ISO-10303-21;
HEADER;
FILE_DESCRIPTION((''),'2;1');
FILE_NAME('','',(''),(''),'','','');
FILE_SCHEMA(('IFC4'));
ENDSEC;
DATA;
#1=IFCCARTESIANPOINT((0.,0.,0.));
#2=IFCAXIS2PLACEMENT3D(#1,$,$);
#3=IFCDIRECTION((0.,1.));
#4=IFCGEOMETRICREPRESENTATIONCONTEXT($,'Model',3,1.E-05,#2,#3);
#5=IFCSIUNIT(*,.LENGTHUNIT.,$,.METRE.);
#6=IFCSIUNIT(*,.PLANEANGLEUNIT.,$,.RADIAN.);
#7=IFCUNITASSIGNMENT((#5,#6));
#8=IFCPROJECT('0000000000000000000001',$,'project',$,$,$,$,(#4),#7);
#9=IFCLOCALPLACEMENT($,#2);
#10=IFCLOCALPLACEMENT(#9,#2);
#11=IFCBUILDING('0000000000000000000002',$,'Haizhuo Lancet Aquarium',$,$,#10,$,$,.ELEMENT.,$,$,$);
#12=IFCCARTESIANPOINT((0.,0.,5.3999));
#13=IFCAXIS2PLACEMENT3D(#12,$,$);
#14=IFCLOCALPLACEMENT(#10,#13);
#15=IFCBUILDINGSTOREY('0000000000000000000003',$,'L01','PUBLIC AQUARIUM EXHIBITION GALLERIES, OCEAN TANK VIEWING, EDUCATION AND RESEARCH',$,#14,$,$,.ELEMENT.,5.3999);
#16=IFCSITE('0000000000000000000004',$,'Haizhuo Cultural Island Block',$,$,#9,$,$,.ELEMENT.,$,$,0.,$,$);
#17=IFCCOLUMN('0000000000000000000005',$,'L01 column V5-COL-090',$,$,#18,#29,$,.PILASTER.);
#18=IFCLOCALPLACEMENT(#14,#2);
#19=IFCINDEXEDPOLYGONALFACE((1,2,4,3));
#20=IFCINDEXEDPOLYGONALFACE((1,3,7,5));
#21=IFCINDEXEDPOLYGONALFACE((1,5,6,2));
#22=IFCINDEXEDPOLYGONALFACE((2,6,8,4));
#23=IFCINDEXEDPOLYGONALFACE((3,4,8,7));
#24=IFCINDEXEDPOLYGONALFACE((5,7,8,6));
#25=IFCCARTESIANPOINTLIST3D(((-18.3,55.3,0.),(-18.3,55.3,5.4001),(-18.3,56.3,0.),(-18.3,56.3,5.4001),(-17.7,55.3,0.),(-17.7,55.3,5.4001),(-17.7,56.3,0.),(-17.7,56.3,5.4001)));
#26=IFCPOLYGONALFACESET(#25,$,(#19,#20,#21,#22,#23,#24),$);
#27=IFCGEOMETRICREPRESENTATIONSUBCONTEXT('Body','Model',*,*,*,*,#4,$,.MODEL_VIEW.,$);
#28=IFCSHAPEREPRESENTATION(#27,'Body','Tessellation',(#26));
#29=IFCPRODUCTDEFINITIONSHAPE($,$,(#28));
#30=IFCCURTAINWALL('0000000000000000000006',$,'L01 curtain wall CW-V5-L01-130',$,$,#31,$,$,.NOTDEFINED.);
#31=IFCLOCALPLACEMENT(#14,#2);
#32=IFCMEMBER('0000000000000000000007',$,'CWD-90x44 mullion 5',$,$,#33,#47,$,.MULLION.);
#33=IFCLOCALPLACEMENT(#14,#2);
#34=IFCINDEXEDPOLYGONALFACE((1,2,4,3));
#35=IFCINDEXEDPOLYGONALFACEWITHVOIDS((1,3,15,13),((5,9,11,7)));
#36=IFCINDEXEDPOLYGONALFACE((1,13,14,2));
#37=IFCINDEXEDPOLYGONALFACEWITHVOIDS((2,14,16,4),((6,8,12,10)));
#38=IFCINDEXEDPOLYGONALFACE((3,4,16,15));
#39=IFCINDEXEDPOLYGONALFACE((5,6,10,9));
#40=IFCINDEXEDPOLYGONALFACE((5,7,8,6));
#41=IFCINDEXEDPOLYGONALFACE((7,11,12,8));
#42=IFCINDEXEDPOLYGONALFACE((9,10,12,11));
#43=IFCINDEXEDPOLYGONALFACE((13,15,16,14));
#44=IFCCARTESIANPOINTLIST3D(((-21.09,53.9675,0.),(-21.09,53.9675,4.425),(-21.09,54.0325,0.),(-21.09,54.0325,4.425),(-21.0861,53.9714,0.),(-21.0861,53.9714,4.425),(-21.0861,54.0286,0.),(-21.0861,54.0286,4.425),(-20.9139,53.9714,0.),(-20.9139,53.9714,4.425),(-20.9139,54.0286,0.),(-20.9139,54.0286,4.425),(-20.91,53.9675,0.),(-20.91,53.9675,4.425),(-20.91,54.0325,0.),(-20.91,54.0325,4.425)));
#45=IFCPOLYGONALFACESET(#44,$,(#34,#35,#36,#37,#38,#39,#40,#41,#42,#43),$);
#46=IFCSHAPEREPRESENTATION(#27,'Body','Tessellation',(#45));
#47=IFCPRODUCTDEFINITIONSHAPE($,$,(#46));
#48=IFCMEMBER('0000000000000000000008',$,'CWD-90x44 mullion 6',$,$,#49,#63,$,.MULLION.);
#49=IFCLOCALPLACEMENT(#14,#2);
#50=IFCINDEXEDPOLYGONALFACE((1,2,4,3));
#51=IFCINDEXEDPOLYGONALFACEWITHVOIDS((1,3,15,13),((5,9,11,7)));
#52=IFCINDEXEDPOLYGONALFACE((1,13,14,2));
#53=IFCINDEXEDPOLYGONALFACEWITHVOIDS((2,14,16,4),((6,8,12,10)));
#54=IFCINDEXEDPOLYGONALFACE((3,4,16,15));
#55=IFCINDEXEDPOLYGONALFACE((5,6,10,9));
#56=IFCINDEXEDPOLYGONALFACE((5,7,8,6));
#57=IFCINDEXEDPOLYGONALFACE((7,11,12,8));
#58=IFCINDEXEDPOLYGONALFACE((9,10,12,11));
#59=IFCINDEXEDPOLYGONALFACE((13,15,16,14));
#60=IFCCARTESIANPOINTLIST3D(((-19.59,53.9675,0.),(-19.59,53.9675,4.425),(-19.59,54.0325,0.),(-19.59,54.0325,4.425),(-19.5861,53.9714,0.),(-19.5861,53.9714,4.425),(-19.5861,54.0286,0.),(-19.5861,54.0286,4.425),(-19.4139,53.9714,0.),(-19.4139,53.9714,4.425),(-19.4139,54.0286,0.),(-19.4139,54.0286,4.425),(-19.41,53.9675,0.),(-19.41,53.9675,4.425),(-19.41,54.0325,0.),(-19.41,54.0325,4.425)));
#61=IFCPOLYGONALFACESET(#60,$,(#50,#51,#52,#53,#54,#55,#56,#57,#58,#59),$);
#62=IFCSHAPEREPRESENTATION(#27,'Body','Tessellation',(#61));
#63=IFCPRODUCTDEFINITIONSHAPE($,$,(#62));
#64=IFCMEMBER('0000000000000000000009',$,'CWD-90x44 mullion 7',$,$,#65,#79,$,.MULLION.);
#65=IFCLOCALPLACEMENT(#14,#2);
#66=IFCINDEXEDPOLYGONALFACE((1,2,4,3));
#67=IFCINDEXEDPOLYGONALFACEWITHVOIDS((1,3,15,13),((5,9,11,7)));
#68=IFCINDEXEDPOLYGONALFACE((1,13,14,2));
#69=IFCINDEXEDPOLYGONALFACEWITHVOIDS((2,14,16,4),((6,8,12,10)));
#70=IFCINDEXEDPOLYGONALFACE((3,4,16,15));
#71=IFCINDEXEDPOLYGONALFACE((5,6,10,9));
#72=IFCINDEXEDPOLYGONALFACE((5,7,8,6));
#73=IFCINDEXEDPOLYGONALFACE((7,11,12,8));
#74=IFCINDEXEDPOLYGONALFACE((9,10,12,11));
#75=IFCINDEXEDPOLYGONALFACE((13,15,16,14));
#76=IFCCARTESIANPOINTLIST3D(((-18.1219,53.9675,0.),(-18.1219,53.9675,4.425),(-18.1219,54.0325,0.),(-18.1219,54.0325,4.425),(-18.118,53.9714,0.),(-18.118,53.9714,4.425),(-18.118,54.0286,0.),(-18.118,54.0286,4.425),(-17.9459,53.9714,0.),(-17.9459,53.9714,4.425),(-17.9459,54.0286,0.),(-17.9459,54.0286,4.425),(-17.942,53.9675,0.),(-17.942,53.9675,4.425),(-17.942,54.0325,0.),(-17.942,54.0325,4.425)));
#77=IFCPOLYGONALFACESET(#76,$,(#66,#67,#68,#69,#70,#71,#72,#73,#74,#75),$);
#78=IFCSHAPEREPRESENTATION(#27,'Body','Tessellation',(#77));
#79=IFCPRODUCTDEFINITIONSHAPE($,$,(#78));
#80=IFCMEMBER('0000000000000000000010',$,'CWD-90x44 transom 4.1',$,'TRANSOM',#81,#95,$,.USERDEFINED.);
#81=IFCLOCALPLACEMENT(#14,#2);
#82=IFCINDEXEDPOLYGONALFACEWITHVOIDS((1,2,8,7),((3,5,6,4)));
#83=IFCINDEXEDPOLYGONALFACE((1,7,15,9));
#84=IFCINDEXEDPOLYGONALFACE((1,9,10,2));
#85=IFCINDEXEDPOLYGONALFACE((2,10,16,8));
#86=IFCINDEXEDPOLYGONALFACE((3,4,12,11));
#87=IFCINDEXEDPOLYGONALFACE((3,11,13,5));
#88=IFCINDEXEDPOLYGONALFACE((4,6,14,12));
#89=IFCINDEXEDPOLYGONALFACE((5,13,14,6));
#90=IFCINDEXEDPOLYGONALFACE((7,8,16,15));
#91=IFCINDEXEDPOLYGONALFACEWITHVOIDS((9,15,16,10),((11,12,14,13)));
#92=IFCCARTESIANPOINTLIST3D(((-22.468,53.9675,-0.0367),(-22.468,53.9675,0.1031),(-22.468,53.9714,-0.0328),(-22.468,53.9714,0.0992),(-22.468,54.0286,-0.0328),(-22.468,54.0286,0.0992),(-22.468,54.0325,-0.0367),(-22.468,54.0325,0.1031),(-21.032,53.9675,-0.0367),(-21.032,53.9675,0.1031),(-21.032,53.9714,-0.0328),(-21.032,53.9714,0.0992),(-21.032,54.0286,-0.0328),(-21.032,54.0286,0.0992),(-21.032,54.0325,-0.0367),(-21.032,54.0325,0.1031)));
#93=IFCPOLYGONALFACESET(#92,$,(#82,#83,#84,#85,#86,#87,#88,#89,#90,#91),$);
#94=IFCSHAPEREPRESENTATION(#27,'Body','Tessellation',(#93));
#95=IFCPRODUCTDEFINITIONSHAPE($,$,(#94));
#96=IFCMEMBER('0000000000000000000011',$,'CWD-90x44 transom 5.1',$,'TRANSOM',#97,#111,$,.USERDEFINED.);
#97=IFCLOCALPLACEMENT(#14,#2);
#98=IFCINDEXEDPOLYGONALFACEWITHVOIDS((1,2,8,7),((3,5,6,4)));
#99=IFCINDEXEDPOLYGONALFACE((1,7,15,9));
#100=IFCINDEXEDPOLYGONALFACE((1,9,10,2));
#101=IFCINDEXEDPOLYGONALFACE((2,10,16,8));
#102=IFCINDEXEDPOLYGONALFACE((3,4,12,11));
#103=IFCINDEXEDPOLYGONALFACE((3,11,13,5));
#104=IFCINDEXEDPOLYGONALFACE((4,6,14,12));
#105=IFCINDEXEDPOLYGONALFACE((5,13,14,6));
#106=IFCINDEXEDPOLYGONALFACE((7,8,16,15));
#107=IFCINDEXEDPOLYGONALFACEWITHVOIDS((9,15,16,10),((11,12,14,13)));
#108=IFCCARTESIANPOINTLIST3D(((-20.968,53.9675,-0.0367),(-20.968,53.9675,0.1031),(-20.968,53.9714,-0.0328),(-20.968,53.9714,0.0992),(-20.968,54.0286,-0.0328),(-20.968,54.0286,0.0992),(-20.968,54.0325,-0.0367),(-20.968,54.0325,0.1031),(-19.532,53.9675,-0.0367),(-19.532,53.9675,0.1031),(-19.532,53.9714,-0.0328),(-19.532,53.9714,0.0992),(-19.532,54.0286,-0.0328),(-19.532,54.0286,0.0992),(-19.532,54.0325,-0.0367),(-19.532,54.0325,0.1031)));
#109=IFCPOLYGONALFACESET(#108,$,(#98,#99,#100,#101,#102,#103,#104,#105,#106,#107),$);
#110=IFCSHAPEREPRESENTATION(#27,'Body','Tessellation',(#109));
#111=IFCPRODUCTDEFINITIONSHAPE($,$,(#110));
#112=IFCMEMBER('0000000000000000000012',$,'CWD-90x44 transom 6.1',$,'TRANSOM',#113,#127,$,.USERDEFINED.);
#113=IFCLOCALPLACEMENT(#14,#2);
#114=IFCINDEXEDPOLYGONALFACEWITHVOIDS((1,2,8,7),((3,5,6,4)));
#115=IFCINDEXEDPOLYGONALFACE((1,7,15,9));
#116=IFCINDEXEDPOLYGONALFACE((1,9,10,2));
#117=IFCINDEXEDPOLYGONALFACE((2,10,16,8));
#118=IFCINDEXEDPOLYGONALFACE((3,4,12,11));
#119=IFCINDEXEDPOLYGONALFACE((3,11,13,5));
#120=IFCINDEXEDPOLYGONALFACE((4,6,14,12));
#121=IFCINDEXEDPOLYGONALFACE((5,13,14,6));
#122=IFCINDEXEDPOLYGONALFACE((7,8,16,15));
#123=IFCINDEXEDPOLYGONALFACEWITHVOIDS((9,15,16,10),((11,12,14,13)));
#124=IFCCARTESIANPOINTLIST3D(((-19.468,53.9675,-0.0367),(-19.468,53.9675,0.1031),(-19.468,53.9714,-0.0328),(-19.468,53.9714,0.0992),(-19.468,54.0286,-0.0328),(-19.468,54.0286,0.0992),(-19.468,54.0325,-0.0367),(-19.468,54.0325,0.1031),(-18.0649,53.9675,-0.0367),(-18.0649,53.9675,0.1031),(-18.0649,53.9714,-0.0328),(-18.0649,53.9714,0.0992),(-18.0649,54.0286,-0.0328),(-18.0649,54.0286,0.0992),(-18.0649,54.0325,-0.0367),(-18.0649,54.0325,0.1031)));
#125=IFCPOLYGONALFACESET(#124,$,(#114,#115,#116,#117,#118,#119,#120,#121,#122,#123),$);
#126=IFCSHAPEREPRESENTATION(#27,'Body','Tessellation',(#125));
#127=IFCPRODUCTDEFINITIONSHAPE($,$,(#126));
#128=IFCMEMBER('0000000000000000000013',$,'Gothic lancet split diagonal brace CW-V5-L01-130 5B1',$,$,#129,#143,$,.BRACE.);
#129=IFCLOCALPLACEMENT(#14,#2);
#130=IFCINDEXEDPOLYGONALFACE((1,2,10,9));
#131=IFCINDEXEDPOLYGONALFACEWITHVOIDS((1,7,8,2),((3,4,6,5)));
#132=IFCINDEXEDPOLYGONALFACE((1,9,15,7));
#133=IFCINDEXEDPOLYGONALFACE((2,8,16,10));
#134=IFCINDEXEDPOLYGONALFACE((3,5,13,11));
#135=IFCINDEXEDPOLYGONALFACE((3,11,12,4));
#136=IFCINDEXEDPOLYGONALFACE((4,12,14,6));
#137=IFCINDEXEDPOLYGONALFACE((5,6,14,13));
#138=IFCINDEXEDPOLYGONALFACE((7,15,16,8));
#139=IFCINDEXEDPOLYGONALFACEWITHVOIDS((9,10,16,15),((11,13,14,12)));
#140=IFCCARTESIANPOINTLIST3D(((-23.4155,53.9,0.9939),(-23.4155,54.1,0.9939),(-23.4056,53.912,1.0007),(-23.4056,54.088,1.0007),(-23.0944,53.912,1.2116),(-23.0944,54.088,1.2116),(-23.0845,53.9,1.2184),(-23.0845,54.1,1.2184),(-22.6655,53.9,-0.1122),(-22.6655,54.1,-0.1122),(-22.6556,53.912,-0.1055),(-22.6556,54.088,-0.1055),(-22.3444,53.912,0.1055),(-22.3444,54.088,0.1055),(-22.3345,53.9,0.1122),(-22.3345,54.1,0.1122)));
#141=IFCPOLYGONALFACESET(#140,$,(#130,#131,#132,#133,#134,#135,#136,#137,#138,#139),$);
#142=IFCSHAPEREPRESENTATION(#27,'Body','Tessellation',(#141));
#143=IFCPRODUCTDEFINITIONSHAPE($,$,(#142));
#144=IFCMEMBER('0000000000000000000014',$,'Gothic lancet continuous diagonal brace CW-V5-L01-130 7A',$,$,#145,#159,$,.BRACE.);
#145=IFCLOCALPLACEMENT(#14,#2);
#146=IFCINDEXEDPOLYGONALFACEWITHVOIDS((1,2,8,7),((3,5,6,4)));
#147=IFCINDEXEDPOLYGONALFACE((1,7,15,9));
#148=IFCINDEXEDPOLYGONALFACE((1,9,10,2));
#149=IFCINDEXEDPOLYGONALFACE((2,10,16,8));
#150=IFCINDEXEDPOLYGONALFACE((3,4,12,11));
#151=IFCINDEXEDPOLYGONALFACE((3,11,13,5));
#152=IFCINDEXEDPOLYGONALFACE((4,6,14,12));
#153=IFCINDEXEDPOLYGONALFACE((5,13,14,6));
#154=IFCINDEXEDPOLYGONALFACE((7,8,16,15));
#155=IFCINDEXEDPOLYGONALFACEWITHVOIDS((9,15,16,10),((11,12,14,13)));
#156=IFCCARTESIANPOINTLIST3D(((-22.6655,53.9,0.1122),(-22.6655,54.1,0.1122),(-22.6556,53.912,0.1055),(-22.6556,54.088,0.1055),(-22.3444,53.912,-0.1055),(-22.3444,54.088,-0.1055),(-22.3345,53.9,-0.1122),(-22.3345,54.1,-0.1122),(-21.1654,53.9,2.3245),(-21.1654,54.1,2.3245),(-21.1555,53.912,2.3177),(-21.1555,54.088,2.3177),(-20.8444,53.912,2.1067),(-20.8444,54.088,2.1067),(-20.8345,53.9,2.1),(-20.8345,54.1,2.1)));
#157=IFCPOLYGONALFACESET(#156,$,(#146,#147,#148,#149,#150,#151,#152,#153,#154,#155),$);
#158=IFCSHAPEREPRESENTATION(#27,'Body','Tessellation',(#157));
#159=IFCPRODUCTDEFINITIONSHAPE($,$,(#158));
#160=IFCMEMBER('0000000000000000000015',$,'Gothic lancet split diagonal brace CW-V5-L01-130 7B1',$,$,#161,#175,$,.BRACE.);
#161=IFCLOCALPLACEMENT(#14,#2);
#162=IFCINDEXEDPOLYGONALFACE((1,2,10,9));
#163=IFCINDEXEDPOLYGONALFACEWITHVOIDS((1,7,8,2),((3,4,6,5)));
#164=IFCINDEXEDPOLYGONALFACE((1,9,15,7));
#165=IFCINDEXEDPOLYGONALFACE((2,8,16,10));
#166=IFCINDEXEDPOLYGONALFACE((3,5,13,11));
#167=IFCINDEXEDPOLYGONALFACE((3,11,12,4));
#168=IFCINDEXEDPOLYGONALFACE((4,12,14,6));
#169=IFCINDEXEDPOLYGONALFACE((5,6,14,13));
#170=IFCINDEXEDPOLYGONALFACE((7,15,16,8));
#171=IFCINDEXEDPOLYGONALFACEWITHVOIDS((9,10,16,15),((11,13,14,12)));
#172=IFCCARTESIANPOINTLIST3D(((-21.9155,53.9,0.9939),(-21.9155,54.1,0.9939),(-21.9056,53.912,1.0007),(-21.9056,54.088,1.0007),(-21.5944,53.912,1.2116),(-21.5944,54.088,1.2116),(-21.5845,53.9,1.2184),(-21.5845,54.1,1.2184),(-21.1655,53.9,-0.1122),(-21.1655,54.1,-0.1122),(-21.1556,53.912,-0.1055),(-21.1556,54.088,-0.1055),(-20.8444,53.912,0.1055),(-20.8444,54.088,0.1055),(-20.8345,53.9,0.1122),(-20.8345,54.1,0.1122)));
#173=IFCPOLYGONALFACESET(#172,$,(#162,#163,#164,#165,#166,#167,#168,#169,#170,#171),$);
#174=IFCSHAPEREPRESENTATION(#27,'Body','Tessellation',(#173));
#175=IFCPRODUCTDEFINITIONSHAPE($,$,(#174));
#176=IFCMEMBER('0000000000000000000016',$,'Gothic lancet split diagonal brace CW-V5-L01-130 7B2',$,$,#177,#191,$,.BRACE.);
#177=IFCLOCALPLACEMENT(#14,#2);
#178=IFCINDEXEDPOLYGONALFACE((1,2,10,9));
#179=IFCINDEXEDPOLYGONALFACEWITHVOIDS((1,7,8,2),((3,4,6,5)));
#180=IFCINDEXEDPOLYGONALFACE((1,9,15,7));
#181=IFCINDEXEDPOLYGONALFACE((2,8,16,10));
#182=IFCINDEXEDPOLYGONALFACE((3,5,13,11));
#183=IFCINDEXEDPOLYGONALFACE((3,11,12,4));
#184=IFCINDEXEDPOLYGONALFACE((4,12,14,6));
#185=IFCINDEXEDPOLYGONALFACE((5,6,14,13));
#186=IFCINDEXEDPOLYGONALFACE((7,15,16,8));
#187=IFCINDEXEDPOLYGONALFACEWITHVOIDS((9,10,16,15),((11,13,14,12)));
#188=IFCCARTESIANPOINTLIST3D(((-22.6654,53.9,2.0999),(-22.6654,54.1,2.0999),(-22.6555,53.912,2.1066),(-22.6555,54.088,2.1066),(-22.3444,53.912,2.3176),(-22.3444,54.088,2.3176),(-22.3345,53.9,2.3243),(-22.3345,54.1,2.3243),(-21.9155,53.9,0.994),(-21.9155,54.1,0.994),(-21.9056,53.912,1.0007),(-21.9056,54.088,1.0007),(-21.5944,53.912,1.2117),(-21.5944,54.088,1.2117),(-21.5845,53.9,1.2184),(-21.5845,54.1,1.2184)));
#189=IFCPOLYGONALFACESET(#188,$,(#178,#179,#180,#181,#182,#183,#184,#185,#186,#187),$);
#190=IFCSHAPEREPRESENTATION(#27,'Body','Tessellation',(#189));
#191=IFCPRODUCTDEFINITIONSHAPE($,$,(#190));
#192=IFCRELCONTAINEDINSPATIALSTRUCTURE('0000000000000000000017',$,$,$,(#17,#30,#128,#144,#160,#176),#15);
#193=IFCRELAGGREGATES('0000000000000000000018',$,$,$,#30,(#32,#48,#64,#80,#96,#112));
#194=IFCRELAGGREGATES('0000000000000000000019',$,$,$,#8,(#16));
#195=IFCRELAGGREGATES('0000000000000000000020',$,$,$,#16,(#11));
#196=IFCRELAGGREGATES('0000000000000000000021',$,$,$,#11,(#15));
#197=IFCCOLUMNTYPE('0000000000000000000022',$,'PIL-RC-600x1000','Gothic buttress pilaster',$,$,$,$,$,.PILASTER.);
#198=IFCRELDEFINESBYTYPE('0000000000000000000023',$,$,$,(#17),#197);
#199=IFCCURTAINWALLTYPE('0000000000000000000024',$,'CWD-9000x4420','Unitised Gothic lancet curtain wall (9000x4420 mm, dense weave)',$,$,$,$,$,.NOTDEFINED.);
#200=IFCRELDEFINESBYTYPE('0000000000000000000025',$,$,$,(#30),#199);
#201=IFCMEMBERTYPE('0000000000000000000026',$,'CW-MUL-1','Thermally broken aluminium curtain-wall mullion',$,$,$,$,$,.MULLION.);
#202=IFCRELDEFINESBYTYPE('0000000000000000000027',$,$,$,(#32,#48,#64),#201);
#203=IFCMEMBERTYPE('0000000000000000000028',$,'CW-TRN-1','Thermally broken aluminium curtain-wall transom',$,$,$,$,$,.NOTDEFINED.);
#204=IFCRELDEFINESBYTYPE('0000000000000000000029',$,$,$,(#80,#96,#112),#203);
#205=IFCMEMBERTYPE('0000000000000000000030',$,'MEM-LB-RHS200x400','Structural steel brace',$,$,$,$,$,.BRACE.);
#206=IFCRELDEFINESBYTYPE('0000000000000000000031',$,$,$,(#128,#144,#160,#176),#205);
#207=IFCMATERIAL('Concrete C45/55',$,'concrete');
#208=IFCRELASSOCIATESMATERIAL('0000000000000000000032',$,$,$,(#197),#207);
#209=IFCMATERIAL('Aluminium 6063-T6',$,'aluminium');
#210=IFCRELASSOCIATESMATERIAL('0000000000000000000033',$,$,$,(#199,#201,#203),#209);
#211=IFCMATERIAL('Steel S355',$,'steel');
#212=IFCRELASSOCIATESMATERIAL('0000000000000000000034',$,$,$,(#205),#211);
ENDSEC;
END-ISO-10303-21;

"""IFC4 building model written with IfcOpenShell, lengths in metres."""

from ifc_helpers import new_model, si_unit, direction, frame, origin, origin_2d, place, context, subcontext, project, spatial, rectangle, hollow_rectangle, extrude, material, material_profile, profile_set, type_object, element, aggregate, save


model = new_model("IFC4")

# Units and contexts
model_context = context("Model", 3, precision=1e-05, world=origin(), true_north=direction((0.0, 1.0)))
body_context = subcontext(model_context, "Body", "Model", "MODEL_VIEW")
ifc_project = project(units=[si_unit("LENGTHUNIT", "METRE"), si_unit("PLANEANGLEUNIT", "RADIAN")], contexts=[model_context])

# Site, building, storey
site_placement = place(None, origin())
site = spatial("IfcSite", under=ifc_project, at=site_placement, Name="Haizhuo Cultural Island Block", CompositionType="ELEMENT", RefElevation=0.0)
building_placement = place(site_placement, origin())
building = spatial("IfcBuilding", under=site, at=building_placement, Name="Haizhuo Lancet Aquarium", CompositionType="ELEMENT")
storey_placement = place(building_placement, frame((0.0, 0.0, 5.3999)))
storey = spatial("IfcBuildingStorey", under=building, at=storey_placement, Name="L01", Description="PUBLIC AQUARIUM EXHIBITION GALLERIES, OCEAN TANK VIEWING, EDUCATION AND RESEARCH", CompositionType="ELEMENT", Elevation=5.3999)

# Column
ifc_material_1 = material(Name="Concrete C45/55", Category="concrete")
ifc_material_profile_1 = material_profile(ifc_material_1, rectangle(XDim=0.6001, YDim=1.0, at=origin_2d()), Name="RC-PIL 600x1000")
ifc_profile_set_1 = profile_set([ifc_material_profile_1], Name="Concrete C45/55")
column_type = type_object("IfcColumnType", Name="PIL-RC-600x1000", Description="Gothic buttress pilaster", PredefinedType="PILASTER", material=ifc_profile_set_1)
column_placement = place(storey_placement, frame((-18.0, 55.8, 0.0), z_axis=(0.0, 0.0, 1.0), x_axis=(1.0, 0.0, 0.0)))
element("IfcColumn", 1, at=column_placement, inside=storey, type_object=column_type, Name="L01 column V5-COL-090", PredefinedType="PILASTER", context=body_context, shape_type="SweptSolid", body=[
    extrude(rectangle(XDim=0.6001, YDim=1.0, at=origin_2d()), origin(), (0.0, 0.0, 1.0), 5.4001),
])

# Curtain wall, members
ifc_material_2 = material(Name="Aluminium 6063-T6", Category="aluminium")
curtain_wall_type = type_object("IfcCurtainWallType", Name="CWD-9000x4420", Description="Unitised Gothic lancet curtain wall (9000x4420 mm, dense weave)", PredefinedType="NOTDEFINED", material=ifc_material_2)
curtain_wall_placement = place(storey_placement, origin())
curtain_wall = element("IfcCurtainWall", 2, at=curtain_wall_placement, inside=storey, type_object=curtain_wall_type, Name="L01 curtain wall CW-V5-L01-130", PredefinedType="NOTDEFINED")
ifc_material_profile_2 = material_profile(ifc_material_2, hollow_rectangle(XDim=0.0649, YDim=0.1799, WallThickness=0.0039, at=origin_2d()), Name="ALU-M 65x180x4")
ifc_profile_set_2 = profile_set([ifc_material_profile_2], Name="Aluminium 6063-T6")
member_type_1 = type_object("IfcMemberType", Name="CW-MUL-1", Description="Thermally broken aluminium curtain-wall mullion", PredefinedType="MULLION", material=ifc_profile_set_2)
member_1_placement = place(storey_placement, frame((-21.0, 54.0, 0.0), z_axis=(0.0, 0.0, 1.0), x_axis=(0.0, 1.0, 0.0)))
member_1 = element("IfcMember", 3, at=member_1_placement, type_object=member_type_1, Name="CWD-90x44 mullion 5", PredefinedType="MULLION", context=body_context, shape_type="SweptSolid", body=[
    extrude(hollow_rectangle(XDim=0.0649, YDim=0.1799, WallThickness=0.0039, at=origin_2d()), origin(), (0.0, 0.0, 1.0), 4.425),
])
member_2_placement = place(storey_placement, frame((-19.5, 54.0, 0.0), z_axis=(0.0, 0.0, 1.0), x_axis=(0.0, 1.0, 0.0)))
member_2 = element("IfcMember", 4, at=member_2_placement, type_object=member_type_1, Name="CWD-90x44 mullion 6", PredefinedType="MULLION", context=body_context, shape_type="SweptSolid", body=[
    extrude(hollow_rectangle(XDim=0.0649, YDim=0.1799, WallThickness=0.0039, at=origin_2d()), origin(), (0.0, 0.0, 1.0), 4.425),
])
member_3_placement = place(storey_placement, frame((-18.032, 54.0, 0.0), z_axis=(0.0, 0.0, 1.0), x_axis=(0.0, 1.0, 0.0)))
member_3 = element("IfcMember", 5, at=member_3_placement, type_object=member_type_1, Name="CWD-90x44 mullion 7", PredefinedType="MULLION", context=body_context, shape_type="SweptSolid", body=[
    extrude(hollow_rectangle(XDim=0.0649, YDim=0.1799, WallThickness=0.0039, at=origin_2d()), origin(), (0.0, 0.0, 1.0), 4.425),
])
ifc_material_profile_3 = material_profile(ifc_material_2, hollow_rectangle(XDim=0.0649, YDim=0.1399, WallThickness=0.0039, at=origin_2d()), Name="ALU-T 65x140x4")
ifc_profile_set_3 = profile_set([ifc_material_profile_3], Name="Aluminium 6063-T6")
member_type_2 = type_object("IfcMemberType", Name="CW-TRN-1", Description="Thermally broken aluminium curtain-wall transom", PredefinedType="NOTDEFINED", material=ifc_profile_set_3)
member_4_placement = place(storey_placement, frame((-22.468, 54.0, 0.0332), z_axis=(1.0, 0.0, 0.0), x_axis=(0.0, 1.0, 0.0)))
member_4 = element("IfcMember", 6, at=member_4_placement, type_object=member_type_2, Name="CWD-90x44 transom 4.1", ObjectType="TRANSOM", PredefinedType="USERDEFINED", context=body_context, shape_type="SweptSolid", body=[
    extrude(hollow_rectangle(XDim=0.0649, YDim=0.1399, WallThickness=0.0039, at=origin_2d()), origin(), (0.0, 0.0, 1.0), 1.436),
])
member_5_placement = place(storey_placement, frame((-20.968, 54.0, 0.0332), z_axis=(1.0, 0.0, 0.0), x_axis=(0.0, 1.0, 0.0)))
member_5 = element("IfcMember", 7, at=member_5_placement, type_object=member_type_2, Name="CWD-90x44 transom 5.1", ObjectType="TRANSOM", PredefinedType="USERDEFINED", context=body_context, shape_type="SweptSolid", body=[
    extrude(hollow_rectangle(XDim=0.0649, YDim=0.1399, WallThickness=0.0039, at=origin_2d()), origin(), (0.0, 0.0, 1.0), 1.436),
])
member_6_placement = place(storey_placement, frame((-19.468, 54.0, 0.0332), z_axis=(1.0, 0.0, 0.0), x_axis=(0.0, 1.0, 0.0)))
member_6 = element("IfcMember", 8, at=member_6_placement, type_object=member_type_2, Name="CWD-90x44 transom 6.1", ObjectType="TRANSOM", PredefinedType="USERDEFINED", context=body_context, shape_type="SweptSolid", body=[
    extrude(hollow_rectangle(XDim=0.0649, YDim=0.1399, WallThickness=0.0039, at=origin_2d()), origin(), (0.0, 0.0, 1.0), 1.4031),
])

# Members
ifc_material_3 = material(Name="Steel S355", Category="steel")
ifc_material_profile_4 = material_profile(ifc_material_3, hollow_rectangle(XDim=0.2, YDim=0.3999, WallThickness=0.012, at=origin_2d()), Name="RHS 200x400x12")
ifc_profile_set_4 = profile_set([ifc_material_profile_4], Name="Steel S355")
member_type_3 = type_object("IfcMemberType", Name="MEM-LB-RHS200x400", Description="Structural steel brace", PredefinedType="BRACE", material=ifc_profile_set_4)
member_7_placement = place(storey_placement, frame((-22.5, 54.0, 0.0), z_axis=(-0.561175, 0.0, 0.827697), x_axis=(0.0, -1.0, 0.0)))
element("IfcMember", 9, at=member_7_placement, inside=storey, type_object=member_type_3, Name="Gothic lancet split diagonal brace CW-V5-L01-130 5B1", PredefinedType="BRACE", context=body_context, shape_type="SweptSolid", body=[
    extrude(hollow_rectangle(XDim=0.2, YDim=0.3999, WallThickness=0.012, at=origin_2d()), origin(), (0.0, 0.0, 1.0), 1.3364),
])
member_8_placement = place(storey_placement, frame((-22.5, 54.0, 0.0), z_axis=(0.561218, 0.0, 0.827668), x_axis=(0.0, 1.0, 0.0)))
element("IfcMember", 10, at=member_8_placement, inside=storey, type_object=member_type_3, Name="Gothic lancet continuous diagonal brace CW-V5-L01-130 7A", PredefinedType="BRACE", context=body_context, shape_type="SweptSolid", body=[
    extrude(hollow_rectangle(XDim=0.2, YDim=0.3999, WallThickness=0.012, at=origin_2d()), origin(), (0.0, 0.0, 1.0), 2.6729),
])
member_9_placement = place(storey_placement, frame((-21.0, 54.0, 0.0), z_axis=(-0.561175, 0.0, 0.827697), x_axis=(0.0, -1.0, 0.0)))
element("IfcMember", 11, at=member_9_placement, inside=storey, type_object=member_type_3, Name="Gothic lancet split diagonal brace CW-V5-L01-130 7B1", PredefinedType="BRACE", context=body_context, shape_type="SweptSolid", body=[
    extrude(hollow_rectangle(XDim=0.2, YDim=0.3999, WallThickness=0.012, at=origin_2d()), origin(), (0.0, 0.0, 1.0), 1.3364),
])
member_10_placement = place(storey_placement, frame((-21.75, 54.0, 1.1062), z_axis=(-0.56126, 0.0, 0.827639), x_axis=(0.0, -1.0, 0.0)))
element("IfcMember", 12, at=member_10_placement, inside=storey, type_object=member_type_3, Name="Gothic lancet split diagonal brace CW-V5-L01-130 7B2", PredefinedType="BRACE", context=body_context, shape_type="SweptSolid", body=[
    extrude(hollow_rectangle(XDim=0.2, YDim=0.3999, WallThickness=0.012, at=origin_2d()), origin(), (0.0, 0.0, 1.0), 1.3362),
])

aggregate(curtain_wall, [member_1, member_2, member_3, member_4, member_5, member_6])

save(model, "model.ifc")
